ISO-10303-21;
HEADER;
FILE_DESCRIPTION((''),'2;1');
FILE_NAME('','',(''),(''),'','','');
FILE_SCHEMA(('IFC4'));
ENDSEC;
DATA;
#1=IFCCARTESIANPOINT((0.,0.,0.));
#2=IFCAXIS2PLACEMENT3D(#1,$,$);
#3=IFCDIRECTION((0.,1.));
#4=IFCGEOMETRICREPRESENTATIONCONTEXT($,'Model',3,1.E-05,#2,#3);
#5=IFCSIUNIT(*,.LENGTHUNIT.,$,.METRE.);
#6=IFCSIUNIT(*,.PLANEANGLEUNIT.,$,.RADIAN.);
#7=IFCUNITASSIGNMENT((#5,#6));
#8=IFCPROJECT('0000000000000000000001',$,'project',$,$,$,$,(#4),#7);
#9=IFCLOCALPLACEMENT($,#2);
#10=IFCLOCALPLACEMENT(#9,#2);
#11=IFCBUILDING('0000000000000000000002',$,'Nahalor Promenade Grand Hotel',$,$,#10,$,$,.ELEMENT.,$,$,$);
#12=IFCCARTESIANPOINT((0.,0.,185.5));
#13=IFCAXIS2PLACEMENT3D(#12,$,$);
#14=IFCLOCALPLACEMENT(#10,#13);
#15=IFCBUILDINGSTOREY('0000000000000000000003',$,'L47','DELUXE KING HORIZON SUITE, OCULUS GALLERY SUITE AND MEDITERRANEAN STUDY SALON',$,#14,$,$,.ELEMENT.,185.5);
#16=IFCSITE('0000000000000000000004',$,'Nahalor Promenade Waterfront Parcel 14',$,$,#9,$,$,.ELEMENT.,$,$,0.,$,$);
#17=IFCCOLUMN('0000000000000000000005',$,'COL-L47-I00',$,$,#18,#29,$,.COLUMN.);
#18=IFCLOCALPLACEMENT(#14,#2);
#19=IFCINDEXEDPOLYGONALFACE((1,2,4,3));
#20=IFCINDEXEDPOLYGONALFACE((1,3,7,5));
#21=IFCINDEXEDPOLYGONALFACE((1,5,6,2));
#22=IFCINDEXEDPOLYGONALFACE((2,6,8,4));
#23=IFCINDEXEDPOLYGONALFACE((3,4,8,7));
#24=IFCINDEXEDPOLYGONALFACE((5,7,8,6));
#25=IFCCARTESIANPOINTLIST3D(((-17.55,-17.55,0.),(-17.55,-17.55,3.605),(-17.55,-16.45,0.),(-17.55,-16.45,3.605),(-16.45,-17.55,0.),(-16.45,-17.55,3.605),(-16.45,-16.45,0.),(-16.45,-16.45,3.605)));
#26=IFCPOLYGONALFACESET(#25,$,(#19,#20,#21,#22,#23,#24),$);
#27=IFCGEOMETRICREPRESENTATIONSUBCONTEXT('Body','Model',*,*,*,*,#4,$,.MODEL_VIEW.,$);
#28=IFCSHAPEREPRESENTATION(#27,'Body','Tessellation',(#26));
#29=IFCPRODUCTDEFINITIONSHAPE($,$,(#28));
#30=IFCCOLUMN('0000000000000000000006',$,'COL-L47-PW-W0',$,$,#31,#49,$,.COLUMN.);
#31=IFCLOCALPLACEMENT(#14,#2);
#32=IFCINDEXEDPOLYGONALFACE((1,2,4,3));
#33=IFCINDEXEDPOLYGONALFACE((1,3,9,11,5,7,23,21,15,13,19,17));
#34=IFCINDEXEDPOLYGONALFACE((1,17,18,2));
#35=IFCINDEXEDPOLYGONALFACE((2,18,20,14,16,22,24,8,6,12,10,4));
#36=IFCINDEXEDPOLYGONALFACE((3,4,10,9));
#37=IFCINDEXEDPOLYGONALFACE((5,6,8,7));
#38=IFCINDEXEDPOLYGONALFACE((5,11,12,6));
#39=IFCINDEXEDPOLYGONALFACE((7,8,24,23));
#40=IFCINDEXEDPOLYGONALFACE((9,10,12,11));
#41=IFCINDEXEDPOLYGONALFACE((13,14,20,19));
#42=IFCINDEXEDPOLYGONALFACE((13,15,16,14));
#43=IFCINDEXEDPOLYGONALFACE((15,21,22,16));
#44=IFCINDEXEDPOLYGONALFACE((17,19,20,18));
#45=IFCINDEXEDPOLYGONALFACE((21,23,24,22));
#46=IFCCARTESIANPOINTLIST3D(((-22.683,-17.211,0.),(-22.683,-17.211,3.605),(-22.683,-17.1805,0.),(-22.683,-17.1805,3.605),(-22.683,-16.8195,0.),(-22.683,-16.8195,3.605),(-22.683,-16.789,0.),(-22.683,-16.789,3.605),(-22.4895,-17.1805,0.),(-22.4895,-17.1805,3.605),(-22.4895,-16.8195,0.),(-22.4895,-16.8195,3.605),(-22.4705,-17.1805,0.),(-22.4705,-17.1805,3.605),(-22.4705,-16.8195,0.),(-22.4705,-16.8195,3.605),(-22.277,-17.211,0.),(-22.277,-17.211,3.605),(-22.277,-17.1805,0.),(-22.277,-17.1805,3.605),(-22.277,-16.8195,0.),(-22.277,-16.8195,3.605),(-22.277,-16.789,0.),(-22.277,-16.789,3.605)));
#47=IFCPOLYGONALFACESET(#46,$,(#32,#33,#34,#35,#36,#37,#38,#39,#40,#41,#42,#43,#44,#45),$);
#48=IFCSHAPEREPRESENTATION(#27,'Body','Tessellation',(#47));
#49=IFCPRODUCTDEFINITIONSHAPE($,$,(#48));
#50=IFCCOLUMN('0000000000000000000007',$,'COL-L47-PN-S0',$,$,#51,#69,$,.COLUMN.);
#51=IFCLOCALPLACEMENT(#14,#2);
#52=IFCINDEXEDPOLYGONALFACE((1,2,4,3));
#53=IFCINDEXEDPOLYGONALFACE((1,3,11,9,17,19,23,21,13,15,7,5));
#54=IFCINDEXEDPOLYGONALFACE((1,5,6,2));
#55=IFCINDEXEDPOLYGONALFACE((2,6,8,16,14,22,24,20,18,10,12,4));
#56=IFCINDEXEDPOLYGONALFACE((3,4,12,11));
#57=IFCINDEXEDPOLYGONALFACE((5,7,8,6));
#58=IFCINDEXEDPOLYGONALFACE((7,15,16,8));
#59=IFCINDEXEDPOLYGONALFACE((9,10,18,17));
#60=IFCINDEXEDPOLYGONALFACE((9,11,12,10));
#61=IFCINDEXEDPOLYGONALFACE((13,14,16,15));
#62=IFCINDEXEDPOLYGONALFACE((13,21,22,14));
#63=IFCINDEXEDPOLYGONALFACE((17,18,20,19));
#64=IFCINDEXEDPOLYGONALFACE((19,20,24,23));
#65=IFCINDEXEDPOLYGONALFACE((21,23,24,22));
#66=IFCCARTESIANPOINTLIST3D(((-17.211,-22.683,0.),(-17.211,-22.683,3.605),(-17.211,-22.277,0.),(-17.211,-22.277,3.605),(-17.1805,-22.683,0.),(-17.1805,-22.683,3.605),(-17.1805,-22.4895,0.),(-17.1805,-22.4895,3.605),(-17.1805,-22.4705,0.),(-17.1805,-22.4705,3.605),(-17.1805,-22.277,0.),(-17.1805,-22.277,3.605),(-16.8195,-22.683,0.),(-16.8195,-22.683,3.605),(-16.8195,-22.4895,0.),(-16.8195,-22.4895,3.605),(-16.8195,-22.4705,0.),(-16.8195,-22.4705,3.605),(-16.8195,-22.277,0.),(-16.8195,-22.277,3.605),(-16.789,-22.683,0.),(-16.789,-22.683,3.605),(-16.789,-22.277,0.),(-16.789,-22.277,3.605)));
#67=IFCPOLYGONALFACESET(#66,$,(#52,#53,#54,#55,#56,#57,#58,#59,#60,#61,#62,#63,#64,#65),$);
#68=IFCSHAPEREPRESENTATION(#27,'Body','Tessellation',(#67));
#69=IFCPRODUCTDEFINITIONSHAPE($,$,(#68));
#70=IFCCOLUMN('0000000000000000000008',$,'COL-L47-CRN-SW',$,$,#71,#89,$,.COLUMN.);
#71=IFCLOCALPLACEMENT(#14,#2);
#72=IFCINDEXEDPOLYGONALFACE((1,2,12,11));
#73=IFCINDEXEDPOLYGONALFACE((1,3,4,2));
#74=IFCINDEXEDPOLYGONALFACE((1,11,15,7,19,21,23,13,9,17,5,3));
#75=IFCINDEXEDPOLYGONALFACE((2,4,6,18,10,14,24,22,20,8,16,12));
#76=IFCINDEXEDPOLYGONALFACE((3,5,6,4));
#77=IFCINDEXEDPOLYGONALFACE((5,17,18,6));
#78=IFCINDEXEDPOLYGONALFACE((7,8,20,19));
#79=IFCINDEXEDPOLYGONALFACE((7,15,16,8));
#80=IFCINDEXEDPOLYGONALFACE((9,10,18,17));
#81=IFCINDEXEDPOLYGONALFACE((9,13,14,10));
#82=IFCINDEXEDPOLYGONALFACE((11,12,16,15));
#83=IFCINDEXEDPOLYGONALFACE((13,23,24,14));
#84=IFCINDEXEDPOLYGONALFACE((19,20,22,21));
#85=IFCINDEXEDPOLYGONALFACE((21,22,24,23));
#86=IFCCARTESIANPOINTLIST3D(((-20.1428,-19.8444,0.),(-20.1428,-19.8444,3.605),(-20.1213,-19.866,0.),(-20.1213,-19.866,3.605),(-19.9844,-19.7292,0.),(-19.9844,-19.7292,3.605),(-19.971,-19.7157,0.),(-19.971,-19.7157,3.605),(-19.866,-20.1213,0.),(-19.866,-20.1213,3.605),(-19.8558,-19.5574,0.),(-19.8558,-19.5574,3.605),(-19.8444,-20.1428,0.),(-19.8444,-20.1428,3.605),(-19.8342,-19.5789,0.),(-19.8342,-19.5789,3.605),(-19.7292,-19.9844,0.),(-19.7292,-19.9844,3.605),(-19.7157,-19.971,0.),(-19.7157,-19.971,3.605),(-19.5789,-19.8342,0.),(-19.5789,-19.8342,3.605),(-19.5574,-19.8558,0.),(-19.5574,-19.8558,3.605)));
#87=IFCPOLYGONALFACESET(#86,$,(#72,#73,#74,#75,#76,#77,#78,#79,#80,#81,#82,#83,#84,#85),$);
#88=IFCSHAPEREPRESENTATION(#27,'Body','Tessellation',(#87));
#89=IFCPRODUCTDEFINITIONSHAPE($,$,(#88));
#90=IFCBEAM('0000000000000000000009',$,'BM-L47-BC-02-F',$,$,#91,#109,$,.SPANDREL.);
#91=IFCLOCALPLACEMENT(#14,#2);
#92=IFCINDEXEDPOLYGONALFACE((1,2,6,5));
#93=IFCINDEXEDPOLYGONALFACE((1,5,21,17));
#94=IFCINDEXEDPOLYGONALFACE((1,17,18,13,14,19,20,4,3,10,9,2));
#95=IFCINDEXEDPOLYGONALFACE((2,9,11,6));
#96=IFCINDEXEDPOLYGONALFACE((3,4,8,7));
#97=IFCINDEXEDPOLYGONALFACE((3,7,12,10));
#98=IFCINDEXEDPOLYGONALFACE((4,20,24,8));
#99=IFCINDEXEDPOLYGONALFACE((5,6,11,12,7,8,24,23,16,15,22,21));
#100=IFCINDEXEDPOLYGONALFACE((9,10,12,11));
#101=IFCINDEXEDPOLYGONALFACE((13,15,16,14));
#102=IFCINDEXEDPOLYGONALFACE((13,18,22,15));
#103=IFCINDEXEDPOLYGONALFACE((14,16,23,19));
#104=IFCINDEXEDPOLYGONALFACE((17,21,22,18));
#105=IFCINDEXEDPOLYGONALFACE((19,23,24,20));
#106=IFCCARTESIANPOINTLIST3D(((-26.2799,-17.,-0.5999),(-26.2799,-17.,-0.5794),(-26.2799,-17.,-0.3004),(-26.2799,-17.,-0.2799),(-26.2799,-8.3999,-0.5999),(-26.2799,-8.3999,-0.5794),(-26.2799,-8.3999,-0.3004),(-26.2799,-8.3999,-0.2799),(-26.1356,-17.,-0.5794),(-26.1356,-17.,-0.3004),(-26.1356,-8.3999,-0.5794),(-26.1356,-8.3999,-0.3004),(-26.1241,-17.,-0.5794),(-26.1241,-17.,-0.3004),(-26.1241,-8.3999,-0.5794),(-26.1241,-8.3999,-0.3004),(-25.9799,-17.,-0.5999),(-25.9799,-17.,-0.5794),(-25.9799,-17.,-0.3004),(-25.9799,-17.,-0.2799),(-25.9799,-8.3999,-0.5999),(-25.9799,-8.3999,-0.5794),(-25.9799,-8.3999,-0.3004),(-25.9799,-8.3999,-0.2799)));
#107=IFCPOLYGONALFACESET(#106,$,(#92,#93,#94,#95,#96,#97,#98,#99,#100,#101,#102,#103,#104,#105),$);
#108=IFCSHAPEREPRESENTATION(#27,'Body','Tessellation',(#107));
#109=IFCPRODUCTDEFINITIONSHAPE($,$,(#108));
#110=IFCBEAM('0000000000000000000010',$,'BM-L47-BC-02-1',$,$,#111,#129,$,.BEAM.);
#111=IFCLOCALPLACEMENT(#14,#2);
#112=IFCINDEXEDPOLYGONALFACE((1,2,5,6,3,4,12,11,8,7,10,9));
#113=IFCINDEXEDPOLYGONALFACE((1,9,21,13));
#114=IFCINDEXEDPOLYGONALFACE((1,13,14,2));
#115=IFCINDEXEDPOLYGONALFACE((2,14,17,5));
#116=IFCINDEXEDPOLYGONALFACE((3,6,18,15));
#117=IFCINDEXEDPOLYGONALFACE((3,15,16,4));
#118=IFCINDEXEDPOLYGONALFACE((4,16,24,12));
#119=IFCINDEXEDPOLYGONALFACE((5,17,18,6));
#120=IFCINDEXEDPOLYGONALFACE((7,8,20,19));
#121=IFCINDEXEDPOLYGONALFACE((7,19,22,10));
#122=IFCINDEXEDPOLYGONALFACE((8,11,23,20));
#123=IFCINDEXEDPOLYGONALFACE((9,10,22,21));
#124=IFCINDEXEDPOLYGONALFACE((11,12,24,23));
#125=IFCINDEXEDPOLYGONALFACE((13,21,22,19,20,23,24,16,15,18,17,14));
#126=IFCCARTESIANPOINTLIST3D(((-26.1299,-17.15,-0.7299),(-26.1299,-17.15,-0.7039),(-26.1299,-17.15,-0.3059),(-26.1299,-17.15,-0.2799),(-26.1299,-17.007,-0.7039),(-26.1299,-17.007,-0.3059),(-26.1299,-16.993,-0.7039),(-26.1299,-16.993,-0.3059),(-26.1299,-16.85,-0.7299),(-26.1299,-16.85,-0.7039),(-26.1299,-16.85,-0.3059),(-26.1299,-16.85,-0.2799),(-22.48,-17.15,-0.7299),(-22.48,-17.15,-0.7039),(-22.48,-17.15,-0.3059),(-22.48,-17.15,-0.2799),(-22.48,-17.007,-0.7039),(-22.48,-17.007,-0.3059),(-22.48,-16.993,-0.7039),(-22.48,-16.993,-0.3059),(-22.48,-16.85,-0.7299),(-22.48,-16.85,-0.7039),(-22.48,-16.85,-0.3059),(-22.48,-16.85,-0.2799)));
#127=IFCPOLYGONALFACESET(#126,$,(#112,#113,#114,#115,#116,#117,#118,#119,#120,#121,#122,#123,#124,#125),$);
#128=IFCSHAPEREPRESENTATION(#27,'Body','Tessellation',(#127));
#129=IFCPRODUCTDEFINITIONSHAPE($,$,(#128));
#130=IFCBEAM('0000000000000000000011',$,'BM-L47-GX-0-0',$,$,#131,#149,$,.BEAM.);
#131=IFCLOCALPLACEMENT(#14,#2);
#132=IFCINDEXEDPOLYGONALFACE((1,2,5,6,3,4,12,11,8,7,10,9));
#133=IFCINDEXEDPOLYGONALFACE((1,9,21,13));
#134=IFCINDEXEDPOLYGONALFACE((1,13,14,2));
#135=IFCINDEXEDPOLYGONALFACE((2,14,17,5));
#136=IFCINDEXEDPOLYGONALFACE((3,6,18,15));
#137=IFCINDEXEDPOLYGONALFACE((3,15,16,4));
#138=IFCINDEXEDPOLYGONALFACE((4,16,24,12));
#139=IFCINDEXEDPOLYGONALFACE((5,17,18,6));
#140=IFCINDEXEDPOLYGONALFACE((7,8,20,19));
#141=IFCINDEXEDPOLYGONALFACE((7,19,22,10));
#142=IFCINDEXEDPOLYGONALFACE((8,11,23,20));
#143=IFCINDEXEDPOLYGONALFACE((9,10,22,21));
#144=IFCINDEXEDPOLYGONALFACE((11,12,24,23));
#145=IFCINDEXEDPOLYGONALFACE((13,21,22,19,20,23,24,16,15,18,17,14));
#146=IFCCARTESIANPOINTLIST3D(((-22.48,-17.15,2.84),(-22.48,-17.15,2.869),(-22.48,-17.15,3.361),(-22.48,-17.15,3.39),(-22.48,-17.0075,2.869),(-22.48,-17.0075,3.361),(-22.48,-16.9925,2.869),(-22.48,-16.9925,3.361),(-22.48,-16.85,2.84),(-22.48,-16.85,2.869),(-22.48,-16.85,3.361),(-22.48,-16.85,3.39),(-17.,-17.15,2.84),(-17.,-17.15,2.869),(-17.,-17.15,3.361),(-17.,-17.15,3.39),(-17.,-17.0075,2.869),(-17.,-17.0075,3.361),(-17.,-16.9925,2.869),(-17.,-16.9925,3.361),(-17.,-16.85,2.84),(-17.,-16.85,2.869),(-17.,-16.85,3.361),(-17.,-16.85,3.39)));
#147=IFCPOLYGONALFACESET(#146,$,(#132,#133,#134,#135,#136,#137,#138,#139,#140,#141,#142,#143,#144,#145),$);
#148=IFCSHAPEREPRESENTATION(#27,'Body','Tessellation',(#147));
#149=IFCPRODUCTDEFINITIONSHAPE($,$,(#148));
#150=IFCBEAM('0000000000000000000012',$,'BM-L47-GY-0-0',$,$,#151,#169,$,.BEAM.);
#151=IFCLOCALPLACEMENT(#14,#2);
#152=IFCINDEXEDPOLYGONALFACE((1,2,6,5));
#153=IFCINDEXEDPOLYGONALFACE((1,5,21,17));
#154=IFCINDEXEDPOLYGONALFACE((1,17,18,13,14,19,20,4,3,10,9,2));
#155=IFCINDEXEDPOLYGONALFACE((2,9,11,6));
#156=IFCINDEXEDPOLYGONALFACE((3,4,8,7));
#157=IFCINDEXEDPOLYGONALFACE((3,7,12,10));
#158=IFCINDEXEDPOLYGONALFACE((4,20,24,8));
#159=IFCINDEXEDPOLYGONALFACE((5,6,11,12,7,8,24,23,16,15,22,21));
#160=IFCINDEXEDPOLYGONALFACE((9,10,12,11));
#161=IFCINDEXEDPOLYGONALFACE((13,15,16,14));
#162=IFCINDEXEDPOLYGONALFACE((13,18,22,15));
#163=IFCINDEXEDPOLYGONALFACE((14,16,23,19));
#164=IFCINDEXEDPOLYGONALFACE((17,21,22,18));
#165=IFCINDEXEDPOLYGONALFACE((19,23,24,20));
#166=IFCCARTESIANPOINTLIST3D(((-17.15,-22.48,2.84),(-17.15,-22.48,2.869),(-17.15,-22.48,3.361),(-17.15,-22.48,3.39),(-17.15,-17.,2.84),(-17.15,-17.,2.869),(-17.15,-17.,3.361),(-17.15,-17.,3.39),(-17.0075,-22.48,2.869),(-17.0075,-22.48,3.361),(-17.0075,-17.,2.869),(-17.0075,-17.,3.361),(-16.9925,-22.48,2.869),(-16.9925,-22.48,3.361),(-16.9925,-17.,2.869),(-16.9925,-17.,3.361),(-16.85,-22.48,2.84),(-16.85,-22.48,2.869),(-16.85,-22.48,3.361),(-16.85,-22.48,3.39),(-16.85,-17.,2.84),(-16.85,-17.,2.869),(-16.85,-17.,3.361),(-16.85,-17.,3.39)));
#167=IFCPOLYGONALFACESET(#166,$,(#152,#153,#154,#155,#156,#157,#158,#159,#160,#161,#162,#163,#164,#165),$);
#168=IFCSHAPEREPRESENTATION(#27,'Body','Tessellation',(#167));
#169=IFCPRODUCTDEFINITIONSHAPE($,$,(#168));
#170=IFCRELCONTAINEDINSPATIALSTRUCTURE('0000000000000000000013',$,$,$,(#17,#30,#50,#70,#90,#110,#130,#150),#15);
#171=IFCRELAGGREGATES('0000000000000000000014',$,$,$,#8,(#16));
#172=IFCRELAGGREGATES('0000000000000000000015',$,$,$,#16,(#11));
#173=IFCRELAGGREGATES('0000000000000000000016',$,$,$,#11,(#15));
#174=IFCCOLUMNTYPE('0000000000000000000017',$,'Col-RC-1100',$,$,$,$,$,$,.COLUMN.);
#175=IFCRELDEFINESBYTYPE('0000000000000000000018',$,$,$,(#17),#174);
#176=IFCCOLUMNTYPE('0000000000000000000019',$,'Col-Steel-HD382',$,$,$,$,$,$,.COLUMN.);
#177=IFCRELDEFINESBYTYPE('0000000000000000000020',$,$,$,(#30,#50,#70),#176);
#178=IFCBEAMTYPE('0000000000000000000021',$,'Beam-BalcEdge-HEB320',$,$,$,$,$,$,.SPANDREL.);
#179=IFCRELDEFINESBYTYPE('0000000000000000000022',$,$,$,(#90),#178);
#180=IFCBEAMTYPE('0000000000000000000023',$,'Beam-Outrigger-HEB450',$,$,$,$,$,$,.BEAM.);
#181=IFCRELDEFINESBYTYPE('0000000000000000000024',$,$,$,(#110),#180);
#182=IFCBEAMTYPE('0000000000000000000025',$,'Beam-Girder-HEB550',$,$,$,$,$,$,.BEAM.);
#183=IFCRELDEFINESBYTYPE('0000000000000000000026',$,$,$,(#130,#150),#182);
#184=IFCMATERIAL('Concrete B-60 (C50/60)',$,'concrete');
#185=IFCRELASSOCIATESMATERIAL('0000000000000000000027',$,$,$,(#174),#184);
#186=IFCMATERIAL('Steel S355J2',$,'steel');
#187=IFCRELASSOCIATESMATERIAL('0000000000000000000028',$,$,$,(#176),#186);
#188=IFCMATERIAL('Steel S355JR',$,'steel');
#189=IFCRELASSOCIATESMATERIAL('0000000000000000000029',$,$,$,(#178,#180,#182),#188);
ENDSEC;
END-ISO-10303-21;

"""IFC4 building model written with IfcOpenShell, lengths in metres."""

from ifc_helpers import new_model, si_unit, direction, frame, origin, origin_2d, place, context, subcontext, project, spatial, rectangle, i_section, extrude, source, transform, mapped, material, material_profile, profile_set, type_object, element, save


model = new_model("IFC4")

# Units and contexts
model_context = context("Model", 3, precision=1e-05, world=origin(), true_north=direction((0.0, 1.0)))
body_context = subcontext(model_context, "Body", "Model", "MODEL_VIEW")
ifc_project = project(units=[si_unit("LENGTHUNIT", "METRE"), si_unit("PLANEANGLEUNIT", "RADIAN")], contexts=[model_context])

# Site, building, storey
site_placement = place(None, origin())
site = spatial("IfcSite", under=ifc_project, at=site_placement, Name="Nahalor Promenade Waterfront Parcel 14", CompositionType="ELEMENT", RefElevation=0.0)
building_placement = place(site_placement, origin())
building = spatial("IfcBuilding", under=site, at=building_placement, Name="Nahalor Promenade Grand Hotel", CompositionType="ELEMENT")
storey_placement = place(building_placement, frame((0.0, 0.0, 185.5)))
storey = spatial("IfcBuildingStorey", under=building, at=storey_placement, Name="L47", Description="DELUXE KING HORIZON SUITE, OCULUS GALLERY SUITE AND MEDITERRANEAN STUDY SALON", CompositionType="ELEMENT", Elevation=185.5)

# Columns
ifc_material_1 = material(Name="Concrete B-60 (C50/60)", Category="concrete")
ifc_material_profile_1 = material_profile(ifc_material_1, rectangle(XDim=1.1, YDim=1.1, at=origin_2d()), Name="RC 1100x1100")
ifc_profile_set_1 = profile_set([ifc_material_profile_1], Name="Concrete B-60 (C50/60)")
column_type_1 = type_object("IfcColumnType", Name="Col-RC-1100", PredefinedType="COLUMN", material=ifc_profile_set_1)
shared_shape_1 = source(origin(), body_context, "Body", "SweptSolid", [
    extrude(rectangle(XDim=1.1, YDim=1.1, at=origin_2d()), origin(), (0.0, 0.0, 1.0), 3.605),
])
column_placement = place(storey_placement, frame((-17.0, -17.0, 0.0), z_axis=(0.0, 0.0, 1.0), x_axis=(1.0, 0.0, 0.0)))
element("IfcColumn", 1, at=column_placement, inside=storey, type_object=column_type_1, Name="COL-L47-I00", PredefinedType="COLUMN", context=body_context, shape_type="MappedRepresentation", body=[
    mapped(shared_shape_1, transform((0.0, 0.0, 0.0), scale=1.0)),
])
ifc_material_2 = material(Name="Steel S355J2", Category="steel")
ifc_material_profile_2 = material_profile(ifc_material_2, i_section(OverallWidth=0.406, OverallDepth=0.422, WebThickness=0.019, FlangeThickness=0.0305, at=origin_2d()), Name="HD 400x382")
ifc_profile_set_2 = profile_set([ifc_material_profile_2], Name="Steel S355J2")
column_type_2 = type_object("IfcColumnType", Name="Col-Steel-HD382", PredefinedType="COLUMN", material=ifc_profile_set_2)
shared_shape_2 = source(origin(), body_context, "Body", "SweptSolid", [
    extrude(i_section(OverallWidth=0.406, OverallDepth=0.422, WebThickness=0.019, FlangeThickness=0.0305, at=origin_2d()), origin(), (0.0, 0.0, 1.0), 3.605),
])
for number, where, z_axis, x_axis, name in (
    (2, (-22.48, -17.0, 0.0), (0.0, 0.0, 1.0), (1.0, 0.0, 0.0), "COL-L47-PW-W0"),
    (3, (-17.0, -22.48, 0.0), (0.0, 0.0, 1.0), (0.0, 1.0, 0.0), "COL-L47-PN-S0"),
    (4, (-19.8501, -19.8501, 0.0), (0.0, 0.0, 1.0), (0.707107, 0.707107, 0.0), "COL-L47-CRN-SW"),
):
    element("IfcColumn", number, at=place(storey_placement, frame(where, z_axis=z_axis, x_axis=x_axis)), inside=storey, type_object=column_type_2, Name=name, PredefinedType="COLUMN", context=body_context, shape_type="MappedRepresentation", body=[
        mapped(shared_shape_2, transform((0.0, 0.0, 0.0), scale=1.0)),
    ])

# Beams
ifc_material_3 = material(Name="Steel S355JR", Category="steel")
ifc_material_profile_3 = material_profile(ifc_material_3, i_section(OverallWidth=0.3, OverallDepth=0.32, WebThickness=0.0115, FlangeThickness=0.0205, at=origin_2d()), Name="HEB 320")
ifc_profile_set_3 = profile_set([ifc_material_profile_3], Name="Steel S355JR")
beam_type_1 = type_object("IfcBeamType", Name="Beam-BalcEdge-HEB320", PredefinedType="SPANDREL", material=ifc_profile_set_3)
shared_shape_3 = source(origin(), body_context, "Body", "SweptSolid", [
    extrude(i_section(OverallWidth=0.3, OverallDepth=0.32, WebThickness=0.0115, FlangeThickness=0.0205, at=origin_2d()), origin(), (0.0, 0.0, 1.0), 8.6001),
])
beam_1_placement = place(storey_placement, frame((-26.1299, -17.0, -0.4399), z_axis=(0.0, 1.0, 0.0), x_axis=(-1.0, 0.0, 0.0)))
element("IfcBeam", 5, at=beam_1_placement, inside=storey, type_object=beam_type_1, Name="BM-L47-BC-02-F", PredefinedType="SPANDREL", context=body_context, shape_type="MappedRepresentation", body=[
    mapped(shared_shape_3, transform((0.0, 0.0, 0.0), scale=1.0)),
])
ifc_material_profile_4 = material_profile(ifc_material_3, i_section(OverallWidth=0.3, OverallDepth=0.45, WebThickness=0.014, FlangeThickness=0.026, at=origin_2d()), Name="HEB 450")
ifc_profile_set_4 = profile_set([ifc_material_profile_4], Name="Steel S355JR")
beam_type_2 = type_object("IfcBeamType", Name="Beam-Outrigger-HEB450", PredefinedType="BEAM", material=ifc_profile_set_4)
shared_shape_4 = source(origin(), body_context, "Body", "SweptSolid", [
    extrude(i_section(OverallWidth=0.3, OverallDepth=0.45, WebThickness=0.014, FlangeThickness=0.026, at=origin_2d()), origin(), (0.0, 0.0, 1.0), 3.6499),
])
beam_2_placement = place(storey_placement, frame((-26.1299, -17.0, -0.5049), z_axis=(1.0, 0.0, 0.0), x_axis=(0.0, 1.0, 0.0)))
element("IfcBeam", 6, at=beam_2_placement, inside=storey, type_object=beam_type_2, Name="BM-L47-BC-02-1", PredefinedType="BEAM", context=body_context, shape_type="MappedRepresentation", body=[
    mapped(shared_shape_4, transform((0.0, 0.0, 0.0), scale=1.0)),
])
ifc_material_profile_5 = material_profile(ifc_material_3, i_section(OverallWidth=0.3, OverallDepth=0.55, WebThickness=0.015, FlangeThickness=0.029, at=origin_2d()), Name="HEB 550")
ifc_profile_set_5 = profile_set([ifc_material_profile_5], Name="Steel S355JR")
beam_type_3 = type_object("IfcBeamType", Name="Beam-Girder-HEB550", PredefinedType="BEAM", material=ifc_profile_set_5)
shared_shape_5 = source(origin(), body_context, "Body", "SweptSolid", [
    extrude(i_section(OverallWidth=0.3, OverallDepth=0.55, WebThickness=0.015, FlangeThickness=0.029, at=origin_2d()), origin(), (0.0, 0.0, 1.0), 5.48),
])
for number, where, z_axis, x_axis, name in (
    (7, (-22.48, -17.0, 3.115), (1.0, 0.0, 0.0), (0.0, 1.0, 0.0), "BM-L47-GX-0-0"),
    (8, (-17.0, -22.48, 3.115), (0.0, 1.0, 0.0), (-1.0, 0.0, 0.0), "BM-L47-GY-0-0"),
):
    element("IfcBeam", number, at=place(storey_placement, frame(where, z_axis=z_axis, x_axis=x_axis)), inside=storey, type_object=beam_type_3, Name=name, PredefinedType="BEAM", context=body_context, shape_type="MappedRepresentation", body=[
        mapped(shared_shape_5, transform((0.0, 0.0, 0.0), scale=1.0)),
    ])

save(model, "model.ifc")
